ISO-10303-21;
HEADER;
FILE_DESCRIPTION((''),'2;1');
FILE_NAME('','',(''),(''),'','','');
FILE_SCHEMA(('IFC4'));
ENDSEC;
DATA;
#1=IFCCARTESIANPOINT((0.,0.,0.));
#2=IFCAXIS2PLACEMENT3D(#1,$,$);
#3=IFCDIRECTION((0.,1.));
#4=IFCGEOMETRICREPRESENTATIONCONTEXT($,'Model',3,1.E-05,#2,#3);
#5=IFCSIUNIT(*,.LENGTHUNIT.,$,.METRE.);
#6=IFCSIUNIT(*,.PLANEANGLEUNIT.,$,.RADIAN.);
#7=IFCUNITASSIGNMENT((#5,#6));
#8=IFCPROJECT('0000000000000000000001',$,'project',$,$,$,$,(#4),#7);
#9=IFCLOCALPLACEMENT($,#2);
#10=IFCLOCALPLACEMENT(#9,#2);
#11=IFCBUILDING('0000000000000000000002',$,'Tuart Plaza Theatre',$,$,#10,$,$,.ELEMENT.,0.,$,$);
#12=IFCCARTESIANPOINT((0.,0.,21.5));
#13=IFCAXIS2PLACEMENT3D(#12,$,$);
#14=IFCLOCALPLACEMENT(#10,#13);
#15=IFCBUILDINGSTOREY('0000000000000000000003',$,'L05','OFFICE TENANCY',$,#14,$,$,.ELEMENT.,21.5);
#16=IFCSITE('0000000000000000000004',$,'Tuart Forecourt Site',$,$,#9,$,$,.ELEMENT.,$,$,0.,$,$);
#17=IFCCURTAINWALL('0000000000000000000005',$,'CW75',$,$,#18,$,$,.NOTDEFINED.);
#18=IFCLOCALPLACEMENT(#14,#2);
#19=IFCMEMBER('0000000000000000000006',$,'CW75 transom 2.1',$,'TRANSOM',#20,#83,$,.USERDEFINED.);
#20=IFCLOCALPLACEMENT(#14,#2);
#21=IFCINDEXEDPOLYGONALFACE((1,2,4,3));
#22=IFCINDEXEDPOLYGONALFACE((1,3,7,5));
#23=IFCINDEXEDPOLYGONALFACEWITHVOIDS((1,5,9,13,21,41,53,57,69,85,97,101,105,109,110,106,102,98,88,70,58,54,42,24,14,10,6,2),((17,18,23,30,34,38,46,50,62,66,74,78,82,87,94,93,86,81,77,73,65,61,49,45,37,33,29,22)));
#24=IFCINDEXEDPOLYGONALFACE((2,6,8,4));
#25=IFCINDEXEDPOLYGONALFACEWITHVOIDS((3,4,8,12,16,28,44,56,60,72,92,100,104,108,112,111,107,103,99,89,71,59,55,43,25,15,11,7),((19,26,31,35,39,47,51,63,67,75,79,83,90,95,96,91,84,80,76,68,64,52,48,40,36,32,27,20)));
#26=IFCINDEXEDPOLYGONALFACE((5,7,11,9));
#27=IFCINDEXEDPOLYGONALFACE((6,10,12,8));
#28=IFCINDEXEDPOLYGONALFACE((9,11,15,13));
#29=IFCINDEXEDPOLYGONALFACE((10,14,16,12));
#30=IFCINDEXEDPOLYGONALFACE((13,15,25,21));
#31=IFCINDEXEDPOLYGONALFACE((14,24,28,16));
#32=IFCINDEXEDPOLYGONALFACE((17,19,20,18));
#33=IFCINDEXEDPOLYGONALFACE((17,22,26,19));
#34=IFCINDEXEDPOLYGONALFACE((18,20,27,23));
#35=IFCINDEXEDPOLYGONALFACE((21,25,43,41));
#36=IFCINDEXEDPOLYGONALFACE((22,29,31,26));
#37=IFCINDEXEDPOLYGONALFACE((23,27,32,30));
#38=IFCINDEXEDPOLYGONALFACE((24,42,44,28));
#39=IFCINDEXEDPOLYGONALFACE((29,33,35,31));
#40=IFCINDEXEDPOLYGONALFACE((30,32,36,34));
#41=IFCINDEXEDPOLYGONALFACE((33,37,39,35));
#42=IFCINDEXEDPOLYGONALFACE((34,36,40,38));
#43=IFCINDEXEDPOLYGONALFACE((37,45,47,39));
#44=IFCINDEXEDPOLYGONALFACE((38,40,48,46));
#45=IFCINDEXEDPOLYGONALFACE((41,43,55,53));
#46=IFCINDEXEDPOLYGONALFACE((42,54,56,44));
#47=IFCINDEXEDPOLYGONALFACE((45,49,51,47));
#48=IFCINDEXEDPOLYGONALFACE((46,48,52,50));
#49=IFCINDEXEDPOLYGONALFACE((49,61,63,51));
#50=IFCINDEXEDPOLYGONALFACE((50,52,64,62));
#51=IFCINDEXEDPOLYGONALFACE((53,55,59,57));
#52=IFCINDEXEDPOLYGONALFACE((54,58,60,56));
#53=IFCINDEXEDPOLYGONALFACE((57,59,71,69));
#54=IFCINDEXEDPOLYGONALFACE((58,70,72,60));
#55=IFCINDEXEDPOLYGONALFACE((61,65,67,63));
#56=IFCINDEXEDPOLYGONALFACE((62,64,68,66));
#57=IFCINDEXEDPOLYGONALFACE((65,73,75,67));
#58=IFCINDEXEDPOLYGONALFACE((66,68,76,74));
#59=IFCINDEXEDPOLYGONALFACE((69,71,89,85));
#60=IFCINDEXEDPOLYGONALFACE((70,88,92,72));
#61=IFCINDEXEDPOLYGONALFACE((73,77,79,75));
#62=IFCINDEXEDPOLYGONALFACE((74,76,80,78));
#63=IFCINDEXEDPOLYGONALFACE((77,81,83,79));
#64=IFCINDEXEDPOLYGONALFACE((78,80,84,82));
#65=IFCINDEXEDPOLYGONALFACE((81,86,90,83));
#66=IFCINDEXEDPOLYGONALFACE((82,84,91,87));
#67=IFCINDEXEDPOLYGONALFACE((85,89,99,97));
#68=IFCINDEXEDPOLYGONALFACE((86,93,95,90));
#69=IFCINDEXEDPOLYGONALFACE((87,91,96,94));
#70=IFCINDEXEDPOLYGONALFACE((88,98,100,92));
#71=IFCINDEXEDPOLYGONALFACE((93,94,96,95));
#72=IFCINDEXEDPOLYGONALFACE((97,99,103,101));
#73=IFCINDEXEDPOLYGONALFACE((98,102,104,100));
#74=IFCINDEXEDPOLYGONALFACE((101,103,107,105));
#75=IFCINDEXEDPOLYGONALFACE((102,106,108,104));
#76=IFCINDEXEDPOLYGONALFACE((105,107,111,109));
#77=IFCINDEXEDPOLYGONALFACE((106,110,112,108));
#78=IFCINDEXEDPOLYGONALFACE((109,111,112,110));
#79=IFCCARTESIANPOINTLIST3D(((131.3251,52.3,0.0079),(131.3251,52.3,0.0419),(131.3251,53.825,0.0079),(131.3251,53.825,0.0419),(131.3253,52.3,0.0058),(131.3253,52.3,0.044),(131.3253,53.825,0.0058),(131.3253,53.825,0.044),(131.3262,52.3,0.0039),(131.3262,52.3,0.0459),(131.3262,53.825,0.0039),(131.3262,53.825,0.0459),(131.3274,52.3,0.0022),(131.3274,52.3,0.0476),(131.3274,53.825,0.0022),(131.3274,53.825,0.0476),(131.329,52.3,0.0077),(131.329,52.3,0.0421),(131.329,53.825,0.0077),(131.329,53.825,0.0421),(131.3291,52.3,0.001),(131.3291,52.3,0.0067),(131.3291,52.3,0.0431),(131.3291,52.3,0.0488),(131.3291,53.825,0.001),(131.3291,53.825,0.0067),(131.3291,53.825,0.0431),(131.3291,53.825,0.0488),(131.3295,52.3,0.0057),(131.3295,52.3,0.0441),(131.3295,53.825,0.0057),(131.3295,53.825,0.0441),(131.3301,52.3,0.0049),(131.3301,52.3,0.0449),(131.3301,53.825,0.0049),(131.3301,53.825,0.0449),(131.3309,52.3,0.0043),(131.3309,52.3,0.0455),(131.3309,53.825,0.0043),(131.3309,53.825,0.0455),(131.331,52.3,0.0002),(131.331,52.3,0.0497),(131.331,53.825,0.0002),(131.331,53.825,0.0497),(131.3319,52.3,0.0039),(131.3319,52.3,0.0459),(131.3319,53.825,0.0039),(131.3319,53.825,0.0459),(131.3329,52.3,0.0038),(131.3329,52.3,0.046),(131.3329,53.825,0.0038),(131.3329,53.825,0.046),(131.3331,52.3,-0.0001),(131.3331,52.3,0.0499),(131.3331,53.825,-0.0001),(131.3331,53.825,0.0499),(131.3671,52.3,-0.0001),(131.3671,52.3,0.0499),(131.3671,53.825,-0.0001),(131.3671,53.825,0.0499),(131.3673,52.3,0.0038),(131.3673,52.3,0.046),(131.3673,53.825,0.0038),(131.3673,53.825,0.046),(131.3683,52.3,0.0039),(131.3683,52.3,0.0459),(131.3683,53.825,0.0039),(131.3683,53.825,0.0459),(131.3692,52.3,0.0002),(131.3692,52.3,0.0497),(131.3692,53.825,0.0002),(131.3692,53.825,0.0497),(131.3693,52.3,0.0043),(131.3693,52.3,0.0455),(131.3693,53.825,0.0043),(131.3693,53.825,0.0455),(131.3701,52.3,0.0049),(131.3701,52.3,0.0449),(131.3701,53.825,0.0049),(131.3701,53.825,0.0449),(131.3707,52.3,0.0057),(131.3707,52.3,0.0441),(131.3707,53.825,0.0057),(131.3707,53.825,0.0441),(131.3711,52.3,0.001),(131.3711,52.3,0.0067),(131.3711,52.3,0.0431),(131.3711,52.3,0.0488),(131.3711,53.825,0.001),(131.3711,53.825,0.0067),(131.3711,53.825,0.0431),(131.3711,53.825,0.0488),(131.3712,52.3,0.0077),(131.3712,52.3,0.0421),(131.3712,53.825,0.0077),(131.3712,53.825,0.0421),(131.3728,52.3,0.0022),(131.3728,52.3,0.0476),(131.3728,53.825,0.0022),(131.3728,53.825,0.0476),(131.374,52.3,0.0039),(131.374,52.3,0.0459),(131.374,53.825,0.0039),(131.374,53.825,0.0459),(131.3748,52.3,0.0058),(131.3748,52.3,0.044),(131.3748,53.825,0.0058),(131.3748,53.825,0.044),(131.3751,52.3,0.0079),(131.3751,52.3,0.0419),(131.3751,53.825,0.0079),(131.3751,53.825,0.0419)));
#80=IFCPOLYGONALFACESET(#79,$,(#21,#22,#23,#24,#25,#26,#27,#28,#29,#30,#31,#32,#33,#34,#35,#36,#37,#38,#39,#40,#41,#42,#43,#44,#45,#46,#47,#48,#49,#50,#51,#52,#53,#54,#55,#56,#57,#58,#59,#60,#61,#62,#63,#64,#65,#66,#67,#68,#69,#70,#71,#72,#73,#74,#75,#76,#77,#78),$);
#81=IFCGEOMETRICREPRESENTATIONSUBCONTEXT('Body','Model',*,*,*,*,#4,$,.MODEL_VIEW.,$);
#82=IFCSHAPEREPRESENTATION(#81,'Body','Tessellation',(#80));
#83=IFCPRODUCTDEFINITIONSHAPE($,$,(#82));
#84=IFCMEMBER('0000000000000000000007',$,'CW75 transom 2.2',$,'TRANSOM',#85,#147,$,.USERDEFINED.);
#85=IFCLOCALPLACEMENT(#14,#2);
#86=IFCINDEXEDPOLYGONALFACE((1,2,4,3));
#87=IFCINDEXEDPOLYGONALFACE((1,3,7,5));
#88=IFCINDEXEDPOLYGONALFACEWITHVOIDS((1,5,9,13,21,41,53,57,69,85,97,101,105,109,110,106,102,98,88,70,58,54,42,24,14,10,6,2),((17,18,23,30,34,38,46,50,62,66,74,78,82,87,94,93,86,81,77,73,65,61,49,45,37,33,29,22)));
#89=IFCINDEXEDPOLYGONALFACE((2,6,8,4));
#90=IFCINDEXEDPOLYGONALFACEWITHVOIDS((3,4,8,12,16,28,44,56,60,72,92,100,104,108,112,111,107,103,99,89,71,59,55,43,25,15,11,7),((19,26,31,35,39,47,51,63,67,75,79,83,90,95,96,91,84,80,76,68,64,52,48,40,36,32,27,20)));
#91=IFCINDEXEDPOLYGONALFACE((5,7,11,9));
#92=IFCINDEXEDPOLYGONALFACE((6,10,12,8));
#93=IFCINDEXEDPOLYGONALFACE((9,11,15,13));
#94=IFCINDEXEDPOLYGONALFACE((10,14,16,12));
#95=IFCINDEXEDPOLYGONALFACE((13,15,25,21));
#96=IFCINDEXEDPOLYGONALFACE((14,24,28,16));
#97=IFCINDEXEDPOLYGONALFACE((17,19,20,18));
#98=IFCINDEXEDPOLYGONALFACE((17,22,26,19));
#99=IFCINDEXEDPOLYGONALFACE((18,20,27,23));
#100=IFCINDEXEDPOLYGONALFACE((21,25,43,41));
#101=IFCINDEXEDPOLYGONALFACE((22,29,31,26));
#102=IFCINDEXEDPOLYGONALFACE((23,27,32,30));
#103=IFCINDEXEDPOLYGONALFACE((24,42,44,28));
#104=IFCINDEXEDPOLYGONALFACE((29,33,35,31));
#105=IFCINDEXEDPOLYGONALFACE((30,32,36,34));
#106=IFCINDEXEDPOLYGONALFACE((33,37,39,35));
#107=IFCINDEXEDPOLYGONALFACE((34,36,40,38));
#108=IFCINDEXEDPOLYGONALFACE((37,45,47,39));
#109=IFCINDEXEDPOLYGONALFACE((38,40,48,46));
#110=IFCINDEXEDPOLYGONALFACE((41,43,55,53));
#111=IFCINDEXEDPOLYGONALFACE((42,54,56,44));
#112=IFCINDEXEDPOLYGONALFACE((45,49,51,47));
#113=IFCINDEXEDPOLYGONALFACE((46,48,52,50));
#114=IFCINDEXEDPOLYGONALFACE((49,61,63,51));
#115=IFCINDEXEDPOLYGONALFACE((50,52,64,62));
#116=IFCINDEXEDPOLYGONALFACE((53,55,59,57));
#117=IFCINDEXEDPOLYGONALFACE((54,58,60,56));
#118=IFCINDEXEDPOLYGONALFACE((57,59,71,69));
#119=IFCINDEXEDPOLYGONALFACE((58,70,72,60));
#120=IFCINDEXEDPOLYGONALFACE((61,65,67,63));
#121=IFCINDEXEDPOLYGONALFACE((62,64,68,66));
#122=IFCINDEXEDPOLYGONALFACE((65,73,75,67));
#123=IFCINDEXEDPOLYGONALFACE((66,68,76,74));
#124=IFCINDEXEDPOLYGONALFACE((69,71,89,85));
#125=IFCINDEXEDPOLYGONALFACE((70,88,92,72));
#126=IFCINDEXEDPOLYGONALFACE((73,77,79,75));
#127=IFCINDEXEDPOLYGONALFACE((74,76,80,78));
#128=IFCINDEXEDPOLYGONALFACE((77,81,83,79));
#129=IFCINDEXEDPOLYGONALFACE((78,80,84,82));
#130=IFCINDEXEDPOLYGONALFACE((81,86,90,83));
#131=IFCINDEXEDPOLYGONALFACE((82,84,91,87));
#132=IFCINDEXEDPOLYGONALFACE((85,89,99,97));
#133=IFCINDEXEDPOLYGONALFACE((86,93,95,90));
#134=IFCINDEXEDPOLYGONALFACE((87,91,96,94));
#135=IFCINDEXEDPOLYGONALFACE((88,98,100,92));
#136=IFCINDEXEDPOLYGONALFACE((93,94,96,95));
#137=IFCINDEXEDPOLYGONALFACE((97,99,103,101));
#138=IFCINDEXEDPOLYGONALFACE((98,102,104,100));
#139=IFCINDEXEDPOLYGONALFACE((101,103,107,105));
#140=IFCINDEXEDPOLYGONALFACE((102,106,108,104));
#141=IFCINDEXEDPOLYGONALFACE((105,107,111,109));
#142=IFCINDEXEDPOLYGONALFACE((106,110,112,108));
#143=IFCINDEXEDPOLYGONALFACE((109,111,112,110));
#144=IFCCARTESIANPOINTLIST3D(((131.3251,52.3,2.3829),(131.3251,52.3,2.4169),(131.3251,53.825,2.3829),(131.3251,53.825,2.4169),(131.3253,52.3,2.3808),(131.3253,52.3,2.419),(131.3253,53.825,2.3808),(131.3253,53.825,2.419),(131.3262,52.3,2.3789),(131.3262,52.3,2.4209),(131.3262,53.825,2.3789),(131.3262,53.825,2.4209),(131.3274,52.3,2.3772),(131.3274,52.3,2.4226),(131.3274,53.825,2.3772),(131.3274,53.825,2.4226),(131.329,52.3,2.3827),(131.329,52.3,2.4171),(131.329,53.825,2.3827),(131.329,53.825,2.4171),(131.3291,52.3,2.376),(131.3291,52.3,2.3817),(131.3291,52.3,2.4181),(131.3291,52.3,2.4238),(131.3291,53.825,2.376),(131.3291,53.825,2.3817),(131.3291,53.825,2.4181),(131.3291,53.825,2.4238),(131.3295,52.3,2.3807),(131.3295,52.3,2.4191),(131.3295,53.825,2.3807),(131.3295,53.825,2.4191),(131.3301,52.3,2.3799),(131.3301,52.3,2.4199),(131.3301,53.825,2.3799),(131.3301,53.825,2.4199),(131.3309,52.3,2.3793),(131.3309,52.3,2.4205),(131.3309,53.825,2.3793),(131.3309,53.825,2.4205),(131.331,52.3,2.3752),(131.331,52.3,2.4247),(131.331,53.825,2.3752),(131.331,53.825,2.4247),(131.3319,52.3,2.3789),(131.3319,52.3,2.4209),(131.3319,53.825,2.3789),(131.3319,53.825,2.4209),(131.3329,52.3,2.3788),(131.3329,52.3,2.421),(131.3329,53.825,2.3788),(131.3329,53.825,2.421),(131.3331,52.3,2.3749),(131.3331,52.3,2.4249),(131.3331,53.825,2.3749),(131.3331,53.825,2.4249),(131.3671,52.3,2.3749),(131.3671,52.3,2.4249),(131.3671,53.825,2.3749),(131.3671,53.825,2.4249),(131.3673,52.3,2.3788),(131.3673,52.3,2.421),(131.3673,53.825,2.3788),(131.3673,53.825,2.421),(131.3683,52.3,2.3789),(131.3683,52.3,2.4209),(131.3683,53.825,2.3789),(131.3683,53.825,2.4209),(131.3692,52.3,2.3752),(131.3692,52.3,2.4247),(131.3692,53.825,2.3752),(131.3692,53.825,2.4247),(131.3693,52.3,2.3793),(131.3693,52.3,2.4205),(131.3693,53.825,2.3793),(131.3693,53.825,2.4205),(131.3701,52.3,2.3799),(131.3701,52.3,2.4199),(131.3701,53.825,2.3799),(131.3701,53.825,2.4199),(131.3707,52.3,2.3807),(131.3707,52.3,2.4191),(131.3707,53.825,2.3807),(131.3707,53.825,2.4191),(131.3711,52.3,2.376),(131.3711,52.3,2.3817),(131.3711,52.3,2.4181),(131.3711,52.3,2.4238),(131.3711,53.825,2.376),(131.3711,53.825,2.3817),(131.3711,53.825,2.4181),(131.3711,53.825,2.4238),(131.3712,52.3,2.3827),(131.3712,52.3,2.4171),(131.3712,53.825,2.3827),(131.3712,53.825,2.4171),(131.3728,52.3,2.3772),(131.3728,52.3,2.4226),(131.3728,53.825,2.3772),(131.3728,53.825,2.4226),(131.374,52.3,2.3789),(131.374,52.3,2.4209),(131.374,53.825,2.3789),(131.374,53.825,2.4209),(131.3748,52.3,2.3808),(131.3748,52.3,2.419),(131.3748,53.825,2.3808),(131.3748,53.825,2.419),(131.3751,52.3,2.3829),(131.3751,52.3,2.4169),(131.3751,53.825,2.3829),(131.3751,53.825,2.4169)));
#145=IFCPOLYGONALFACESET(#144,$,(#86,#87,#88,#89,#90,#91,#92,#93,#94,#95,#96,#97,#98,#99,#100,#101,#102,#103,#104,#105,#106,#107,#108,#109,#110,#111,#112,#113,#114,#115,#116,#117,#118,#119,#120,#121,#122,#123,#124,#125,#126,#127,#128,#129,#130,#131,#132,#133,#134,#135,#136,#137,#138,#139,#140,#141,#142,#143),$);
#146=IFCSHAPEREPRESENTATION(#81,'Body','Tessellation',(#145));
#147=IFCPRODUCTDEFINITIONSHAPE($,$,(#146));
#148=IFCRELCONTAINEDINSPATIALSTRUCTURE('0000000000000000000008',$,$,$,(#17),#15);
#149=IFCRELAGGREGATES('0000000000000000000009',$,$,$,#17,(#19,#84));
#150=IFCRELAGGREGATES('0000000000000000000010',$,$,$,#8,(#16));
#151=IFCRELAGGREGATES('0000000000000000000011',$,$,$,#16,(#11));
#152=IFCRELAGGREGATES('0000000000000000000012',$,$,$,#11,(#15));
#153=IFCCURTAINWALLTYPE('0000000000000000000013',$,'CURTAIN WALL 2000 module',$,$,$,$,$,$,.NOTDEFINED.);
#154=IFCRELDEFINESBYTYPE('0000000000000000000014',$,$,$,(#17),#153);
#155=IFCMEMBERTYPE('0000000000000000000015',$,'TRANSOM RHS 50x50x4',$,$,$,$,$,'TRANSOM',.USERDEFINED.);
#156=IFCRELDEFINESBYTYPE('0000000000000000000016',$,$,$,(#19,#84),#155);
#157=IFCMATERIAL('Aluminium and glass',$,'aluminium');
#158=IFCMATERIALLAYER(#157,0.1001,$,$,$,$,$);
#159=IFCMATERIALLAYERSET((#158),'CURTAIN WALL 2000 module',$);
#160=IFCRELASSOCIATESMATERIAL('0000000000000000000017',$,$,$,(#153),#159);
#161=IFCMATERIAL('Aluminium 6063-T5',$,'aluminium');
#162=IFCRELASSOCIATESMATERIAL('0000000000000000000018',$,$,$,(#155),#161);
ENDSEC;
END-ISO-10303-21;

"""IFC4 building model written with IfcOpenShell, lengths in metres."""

from ifc_helpers import new_model, si_unit, direction, frame, origin, origin_2d, place, context, subcontext, project, spatial, hollow_rectangle, extrude, material, layer, layer_set, material_profile, profile_set, type_object, element, aggregate, save


model = new_model("IFC4")

# Units and contexts
model_context = context("Model", 3, precision=1e-05, world=origin(), true_north=direction((0.0, 1.0)))
body_context = subcontext(model_context, "Body", "Model", "MODEL_VIEW")
ifc_project = project(units=[si_unit("LENGTHUNIT", "METRE"), si_unit("PLANEANGLEUNIT", "RADIAN")], contexts=[model_context])

# Site, building, storey
site_placement = place(None, origin())
site = spatial("IfcSite", under=ifc_project, at=site_placement, Name="Tuart Forecourt Site", CompositionType="ELEMENT", RefElevation=0.0)
building_placement = place(site_placement, origin())
building = spatial("IfcBuilding", under=site, at=building_placement, Name="Tuart Plaza Theatre", CompositionType="ELEMENT", ElevationOfRefHeight=0.0)
storey_placement = place(building_placement, frame((0.0, 0.0, 21.5)))
storey = spatial("IfcBuildingStorey", under=building, at=storey_placement, Name="L05", Description="OFFICE TENANCY", CompositionType="ELEMENT", Elevation=21.5)

# Curtain wall
ifc_material_1 = material(Name="Aluminium and glass", Category="aluminium")
ifc_layer_1 = layer(ifc_material_1, 0.1001)
ifc_layer_set_1 = layer_set([ifc_layer_1], Name="CURTAIN WALL 2000 module")
curtain_wall_type = type_object("IfcCurtainWallType", Name="CURTAIN WALL 2000 module", PredefinedType="NOTDEFINED", material=ifc_layer_set_1)
curtain_wall_1_placement = place(storey_placement, origin())
curtain_wall_1 = element("IfcCurtainWall", 1, at=curtain_wall_1_placement, inside=storey, type_object=curtain_wall_type, Name="CW75", PredefinedType="NOTDEFINED")

# Members
ifc_material_2 = material(Name="Aluminium 6063-T5", Category="aluminium")
ifc_material_profile_1 = material_profile(ifc_material_2, hollow_rectangle(XDim=0.05, YDim=0.05, WallThickness=0.0039, InnerFilletRadius=0.0039, OuterFilletRadius=0.0081, at=origin_2d()), Name="RHS 50x50x4")
ifc_profile_set_1 = profile_set([ifc_material_profile_1], Name="Aluminium 6063-T5")
member_type_1 = type_object("IfcMemberType", Name="TRANSOM RHS 50x50x4", ElementType="TRANSOM", PredefinedType="USERDEFINED", material=ifc_profile_set_1)
member_1_placement = place(storey_placement, frame((131.3501, 53.825, 0.0249), z_axis=(0.0, -1.0, 0.0), x_axis=(1.0, 0.0, 0.0)))
member_1 = element("IfcMember", 2, at=member_1_placement, type_object=member_type_1, Name="CW75 transom 2.1", ObjectType="TRANSOM", PredefinedType="USERDEFINED", context=body_context, shape_type="SweptSolid", body=[
    extrude(hollow_rectangle(XDim=0.05, YDim=0.05, WallThickness=0.0039, InnerFilletRadius=0.0039, OuterFilletRadius=0.0081, at=origin_2d()), origin(), (0.0, 0.0, 1.0), 1.5249),
])
member_2_placement = place(storey_placement, frame((131.3501, 53.825, 2.3999), z_axis=(0.0, -1.0, 0.0), x_axis=(1.0, 0.0, 0.0)))
member_2 = element("IfcMember", 3, at=member_2_placement, type_object=member_type_1, Name="CW75 transom 2.2", ObjectType="TRANSOM", PredefinedType="USERDEFINED", context=body_context, shape_type="SweptSolid", body=[
    extrude(hollow_rectangle(XDim=0.05, YDim=0.05, WallThickness=0.0039, InnerFilletRadius=0.0039, OuterFilletRadius=0.0081, at=origin_2d()), origin(), (0.0, 0.0, 1.0), 1.5249),
])

aggregate(curtain_wall_1, [member_1, member_2])

save(model, "model.ifc")
